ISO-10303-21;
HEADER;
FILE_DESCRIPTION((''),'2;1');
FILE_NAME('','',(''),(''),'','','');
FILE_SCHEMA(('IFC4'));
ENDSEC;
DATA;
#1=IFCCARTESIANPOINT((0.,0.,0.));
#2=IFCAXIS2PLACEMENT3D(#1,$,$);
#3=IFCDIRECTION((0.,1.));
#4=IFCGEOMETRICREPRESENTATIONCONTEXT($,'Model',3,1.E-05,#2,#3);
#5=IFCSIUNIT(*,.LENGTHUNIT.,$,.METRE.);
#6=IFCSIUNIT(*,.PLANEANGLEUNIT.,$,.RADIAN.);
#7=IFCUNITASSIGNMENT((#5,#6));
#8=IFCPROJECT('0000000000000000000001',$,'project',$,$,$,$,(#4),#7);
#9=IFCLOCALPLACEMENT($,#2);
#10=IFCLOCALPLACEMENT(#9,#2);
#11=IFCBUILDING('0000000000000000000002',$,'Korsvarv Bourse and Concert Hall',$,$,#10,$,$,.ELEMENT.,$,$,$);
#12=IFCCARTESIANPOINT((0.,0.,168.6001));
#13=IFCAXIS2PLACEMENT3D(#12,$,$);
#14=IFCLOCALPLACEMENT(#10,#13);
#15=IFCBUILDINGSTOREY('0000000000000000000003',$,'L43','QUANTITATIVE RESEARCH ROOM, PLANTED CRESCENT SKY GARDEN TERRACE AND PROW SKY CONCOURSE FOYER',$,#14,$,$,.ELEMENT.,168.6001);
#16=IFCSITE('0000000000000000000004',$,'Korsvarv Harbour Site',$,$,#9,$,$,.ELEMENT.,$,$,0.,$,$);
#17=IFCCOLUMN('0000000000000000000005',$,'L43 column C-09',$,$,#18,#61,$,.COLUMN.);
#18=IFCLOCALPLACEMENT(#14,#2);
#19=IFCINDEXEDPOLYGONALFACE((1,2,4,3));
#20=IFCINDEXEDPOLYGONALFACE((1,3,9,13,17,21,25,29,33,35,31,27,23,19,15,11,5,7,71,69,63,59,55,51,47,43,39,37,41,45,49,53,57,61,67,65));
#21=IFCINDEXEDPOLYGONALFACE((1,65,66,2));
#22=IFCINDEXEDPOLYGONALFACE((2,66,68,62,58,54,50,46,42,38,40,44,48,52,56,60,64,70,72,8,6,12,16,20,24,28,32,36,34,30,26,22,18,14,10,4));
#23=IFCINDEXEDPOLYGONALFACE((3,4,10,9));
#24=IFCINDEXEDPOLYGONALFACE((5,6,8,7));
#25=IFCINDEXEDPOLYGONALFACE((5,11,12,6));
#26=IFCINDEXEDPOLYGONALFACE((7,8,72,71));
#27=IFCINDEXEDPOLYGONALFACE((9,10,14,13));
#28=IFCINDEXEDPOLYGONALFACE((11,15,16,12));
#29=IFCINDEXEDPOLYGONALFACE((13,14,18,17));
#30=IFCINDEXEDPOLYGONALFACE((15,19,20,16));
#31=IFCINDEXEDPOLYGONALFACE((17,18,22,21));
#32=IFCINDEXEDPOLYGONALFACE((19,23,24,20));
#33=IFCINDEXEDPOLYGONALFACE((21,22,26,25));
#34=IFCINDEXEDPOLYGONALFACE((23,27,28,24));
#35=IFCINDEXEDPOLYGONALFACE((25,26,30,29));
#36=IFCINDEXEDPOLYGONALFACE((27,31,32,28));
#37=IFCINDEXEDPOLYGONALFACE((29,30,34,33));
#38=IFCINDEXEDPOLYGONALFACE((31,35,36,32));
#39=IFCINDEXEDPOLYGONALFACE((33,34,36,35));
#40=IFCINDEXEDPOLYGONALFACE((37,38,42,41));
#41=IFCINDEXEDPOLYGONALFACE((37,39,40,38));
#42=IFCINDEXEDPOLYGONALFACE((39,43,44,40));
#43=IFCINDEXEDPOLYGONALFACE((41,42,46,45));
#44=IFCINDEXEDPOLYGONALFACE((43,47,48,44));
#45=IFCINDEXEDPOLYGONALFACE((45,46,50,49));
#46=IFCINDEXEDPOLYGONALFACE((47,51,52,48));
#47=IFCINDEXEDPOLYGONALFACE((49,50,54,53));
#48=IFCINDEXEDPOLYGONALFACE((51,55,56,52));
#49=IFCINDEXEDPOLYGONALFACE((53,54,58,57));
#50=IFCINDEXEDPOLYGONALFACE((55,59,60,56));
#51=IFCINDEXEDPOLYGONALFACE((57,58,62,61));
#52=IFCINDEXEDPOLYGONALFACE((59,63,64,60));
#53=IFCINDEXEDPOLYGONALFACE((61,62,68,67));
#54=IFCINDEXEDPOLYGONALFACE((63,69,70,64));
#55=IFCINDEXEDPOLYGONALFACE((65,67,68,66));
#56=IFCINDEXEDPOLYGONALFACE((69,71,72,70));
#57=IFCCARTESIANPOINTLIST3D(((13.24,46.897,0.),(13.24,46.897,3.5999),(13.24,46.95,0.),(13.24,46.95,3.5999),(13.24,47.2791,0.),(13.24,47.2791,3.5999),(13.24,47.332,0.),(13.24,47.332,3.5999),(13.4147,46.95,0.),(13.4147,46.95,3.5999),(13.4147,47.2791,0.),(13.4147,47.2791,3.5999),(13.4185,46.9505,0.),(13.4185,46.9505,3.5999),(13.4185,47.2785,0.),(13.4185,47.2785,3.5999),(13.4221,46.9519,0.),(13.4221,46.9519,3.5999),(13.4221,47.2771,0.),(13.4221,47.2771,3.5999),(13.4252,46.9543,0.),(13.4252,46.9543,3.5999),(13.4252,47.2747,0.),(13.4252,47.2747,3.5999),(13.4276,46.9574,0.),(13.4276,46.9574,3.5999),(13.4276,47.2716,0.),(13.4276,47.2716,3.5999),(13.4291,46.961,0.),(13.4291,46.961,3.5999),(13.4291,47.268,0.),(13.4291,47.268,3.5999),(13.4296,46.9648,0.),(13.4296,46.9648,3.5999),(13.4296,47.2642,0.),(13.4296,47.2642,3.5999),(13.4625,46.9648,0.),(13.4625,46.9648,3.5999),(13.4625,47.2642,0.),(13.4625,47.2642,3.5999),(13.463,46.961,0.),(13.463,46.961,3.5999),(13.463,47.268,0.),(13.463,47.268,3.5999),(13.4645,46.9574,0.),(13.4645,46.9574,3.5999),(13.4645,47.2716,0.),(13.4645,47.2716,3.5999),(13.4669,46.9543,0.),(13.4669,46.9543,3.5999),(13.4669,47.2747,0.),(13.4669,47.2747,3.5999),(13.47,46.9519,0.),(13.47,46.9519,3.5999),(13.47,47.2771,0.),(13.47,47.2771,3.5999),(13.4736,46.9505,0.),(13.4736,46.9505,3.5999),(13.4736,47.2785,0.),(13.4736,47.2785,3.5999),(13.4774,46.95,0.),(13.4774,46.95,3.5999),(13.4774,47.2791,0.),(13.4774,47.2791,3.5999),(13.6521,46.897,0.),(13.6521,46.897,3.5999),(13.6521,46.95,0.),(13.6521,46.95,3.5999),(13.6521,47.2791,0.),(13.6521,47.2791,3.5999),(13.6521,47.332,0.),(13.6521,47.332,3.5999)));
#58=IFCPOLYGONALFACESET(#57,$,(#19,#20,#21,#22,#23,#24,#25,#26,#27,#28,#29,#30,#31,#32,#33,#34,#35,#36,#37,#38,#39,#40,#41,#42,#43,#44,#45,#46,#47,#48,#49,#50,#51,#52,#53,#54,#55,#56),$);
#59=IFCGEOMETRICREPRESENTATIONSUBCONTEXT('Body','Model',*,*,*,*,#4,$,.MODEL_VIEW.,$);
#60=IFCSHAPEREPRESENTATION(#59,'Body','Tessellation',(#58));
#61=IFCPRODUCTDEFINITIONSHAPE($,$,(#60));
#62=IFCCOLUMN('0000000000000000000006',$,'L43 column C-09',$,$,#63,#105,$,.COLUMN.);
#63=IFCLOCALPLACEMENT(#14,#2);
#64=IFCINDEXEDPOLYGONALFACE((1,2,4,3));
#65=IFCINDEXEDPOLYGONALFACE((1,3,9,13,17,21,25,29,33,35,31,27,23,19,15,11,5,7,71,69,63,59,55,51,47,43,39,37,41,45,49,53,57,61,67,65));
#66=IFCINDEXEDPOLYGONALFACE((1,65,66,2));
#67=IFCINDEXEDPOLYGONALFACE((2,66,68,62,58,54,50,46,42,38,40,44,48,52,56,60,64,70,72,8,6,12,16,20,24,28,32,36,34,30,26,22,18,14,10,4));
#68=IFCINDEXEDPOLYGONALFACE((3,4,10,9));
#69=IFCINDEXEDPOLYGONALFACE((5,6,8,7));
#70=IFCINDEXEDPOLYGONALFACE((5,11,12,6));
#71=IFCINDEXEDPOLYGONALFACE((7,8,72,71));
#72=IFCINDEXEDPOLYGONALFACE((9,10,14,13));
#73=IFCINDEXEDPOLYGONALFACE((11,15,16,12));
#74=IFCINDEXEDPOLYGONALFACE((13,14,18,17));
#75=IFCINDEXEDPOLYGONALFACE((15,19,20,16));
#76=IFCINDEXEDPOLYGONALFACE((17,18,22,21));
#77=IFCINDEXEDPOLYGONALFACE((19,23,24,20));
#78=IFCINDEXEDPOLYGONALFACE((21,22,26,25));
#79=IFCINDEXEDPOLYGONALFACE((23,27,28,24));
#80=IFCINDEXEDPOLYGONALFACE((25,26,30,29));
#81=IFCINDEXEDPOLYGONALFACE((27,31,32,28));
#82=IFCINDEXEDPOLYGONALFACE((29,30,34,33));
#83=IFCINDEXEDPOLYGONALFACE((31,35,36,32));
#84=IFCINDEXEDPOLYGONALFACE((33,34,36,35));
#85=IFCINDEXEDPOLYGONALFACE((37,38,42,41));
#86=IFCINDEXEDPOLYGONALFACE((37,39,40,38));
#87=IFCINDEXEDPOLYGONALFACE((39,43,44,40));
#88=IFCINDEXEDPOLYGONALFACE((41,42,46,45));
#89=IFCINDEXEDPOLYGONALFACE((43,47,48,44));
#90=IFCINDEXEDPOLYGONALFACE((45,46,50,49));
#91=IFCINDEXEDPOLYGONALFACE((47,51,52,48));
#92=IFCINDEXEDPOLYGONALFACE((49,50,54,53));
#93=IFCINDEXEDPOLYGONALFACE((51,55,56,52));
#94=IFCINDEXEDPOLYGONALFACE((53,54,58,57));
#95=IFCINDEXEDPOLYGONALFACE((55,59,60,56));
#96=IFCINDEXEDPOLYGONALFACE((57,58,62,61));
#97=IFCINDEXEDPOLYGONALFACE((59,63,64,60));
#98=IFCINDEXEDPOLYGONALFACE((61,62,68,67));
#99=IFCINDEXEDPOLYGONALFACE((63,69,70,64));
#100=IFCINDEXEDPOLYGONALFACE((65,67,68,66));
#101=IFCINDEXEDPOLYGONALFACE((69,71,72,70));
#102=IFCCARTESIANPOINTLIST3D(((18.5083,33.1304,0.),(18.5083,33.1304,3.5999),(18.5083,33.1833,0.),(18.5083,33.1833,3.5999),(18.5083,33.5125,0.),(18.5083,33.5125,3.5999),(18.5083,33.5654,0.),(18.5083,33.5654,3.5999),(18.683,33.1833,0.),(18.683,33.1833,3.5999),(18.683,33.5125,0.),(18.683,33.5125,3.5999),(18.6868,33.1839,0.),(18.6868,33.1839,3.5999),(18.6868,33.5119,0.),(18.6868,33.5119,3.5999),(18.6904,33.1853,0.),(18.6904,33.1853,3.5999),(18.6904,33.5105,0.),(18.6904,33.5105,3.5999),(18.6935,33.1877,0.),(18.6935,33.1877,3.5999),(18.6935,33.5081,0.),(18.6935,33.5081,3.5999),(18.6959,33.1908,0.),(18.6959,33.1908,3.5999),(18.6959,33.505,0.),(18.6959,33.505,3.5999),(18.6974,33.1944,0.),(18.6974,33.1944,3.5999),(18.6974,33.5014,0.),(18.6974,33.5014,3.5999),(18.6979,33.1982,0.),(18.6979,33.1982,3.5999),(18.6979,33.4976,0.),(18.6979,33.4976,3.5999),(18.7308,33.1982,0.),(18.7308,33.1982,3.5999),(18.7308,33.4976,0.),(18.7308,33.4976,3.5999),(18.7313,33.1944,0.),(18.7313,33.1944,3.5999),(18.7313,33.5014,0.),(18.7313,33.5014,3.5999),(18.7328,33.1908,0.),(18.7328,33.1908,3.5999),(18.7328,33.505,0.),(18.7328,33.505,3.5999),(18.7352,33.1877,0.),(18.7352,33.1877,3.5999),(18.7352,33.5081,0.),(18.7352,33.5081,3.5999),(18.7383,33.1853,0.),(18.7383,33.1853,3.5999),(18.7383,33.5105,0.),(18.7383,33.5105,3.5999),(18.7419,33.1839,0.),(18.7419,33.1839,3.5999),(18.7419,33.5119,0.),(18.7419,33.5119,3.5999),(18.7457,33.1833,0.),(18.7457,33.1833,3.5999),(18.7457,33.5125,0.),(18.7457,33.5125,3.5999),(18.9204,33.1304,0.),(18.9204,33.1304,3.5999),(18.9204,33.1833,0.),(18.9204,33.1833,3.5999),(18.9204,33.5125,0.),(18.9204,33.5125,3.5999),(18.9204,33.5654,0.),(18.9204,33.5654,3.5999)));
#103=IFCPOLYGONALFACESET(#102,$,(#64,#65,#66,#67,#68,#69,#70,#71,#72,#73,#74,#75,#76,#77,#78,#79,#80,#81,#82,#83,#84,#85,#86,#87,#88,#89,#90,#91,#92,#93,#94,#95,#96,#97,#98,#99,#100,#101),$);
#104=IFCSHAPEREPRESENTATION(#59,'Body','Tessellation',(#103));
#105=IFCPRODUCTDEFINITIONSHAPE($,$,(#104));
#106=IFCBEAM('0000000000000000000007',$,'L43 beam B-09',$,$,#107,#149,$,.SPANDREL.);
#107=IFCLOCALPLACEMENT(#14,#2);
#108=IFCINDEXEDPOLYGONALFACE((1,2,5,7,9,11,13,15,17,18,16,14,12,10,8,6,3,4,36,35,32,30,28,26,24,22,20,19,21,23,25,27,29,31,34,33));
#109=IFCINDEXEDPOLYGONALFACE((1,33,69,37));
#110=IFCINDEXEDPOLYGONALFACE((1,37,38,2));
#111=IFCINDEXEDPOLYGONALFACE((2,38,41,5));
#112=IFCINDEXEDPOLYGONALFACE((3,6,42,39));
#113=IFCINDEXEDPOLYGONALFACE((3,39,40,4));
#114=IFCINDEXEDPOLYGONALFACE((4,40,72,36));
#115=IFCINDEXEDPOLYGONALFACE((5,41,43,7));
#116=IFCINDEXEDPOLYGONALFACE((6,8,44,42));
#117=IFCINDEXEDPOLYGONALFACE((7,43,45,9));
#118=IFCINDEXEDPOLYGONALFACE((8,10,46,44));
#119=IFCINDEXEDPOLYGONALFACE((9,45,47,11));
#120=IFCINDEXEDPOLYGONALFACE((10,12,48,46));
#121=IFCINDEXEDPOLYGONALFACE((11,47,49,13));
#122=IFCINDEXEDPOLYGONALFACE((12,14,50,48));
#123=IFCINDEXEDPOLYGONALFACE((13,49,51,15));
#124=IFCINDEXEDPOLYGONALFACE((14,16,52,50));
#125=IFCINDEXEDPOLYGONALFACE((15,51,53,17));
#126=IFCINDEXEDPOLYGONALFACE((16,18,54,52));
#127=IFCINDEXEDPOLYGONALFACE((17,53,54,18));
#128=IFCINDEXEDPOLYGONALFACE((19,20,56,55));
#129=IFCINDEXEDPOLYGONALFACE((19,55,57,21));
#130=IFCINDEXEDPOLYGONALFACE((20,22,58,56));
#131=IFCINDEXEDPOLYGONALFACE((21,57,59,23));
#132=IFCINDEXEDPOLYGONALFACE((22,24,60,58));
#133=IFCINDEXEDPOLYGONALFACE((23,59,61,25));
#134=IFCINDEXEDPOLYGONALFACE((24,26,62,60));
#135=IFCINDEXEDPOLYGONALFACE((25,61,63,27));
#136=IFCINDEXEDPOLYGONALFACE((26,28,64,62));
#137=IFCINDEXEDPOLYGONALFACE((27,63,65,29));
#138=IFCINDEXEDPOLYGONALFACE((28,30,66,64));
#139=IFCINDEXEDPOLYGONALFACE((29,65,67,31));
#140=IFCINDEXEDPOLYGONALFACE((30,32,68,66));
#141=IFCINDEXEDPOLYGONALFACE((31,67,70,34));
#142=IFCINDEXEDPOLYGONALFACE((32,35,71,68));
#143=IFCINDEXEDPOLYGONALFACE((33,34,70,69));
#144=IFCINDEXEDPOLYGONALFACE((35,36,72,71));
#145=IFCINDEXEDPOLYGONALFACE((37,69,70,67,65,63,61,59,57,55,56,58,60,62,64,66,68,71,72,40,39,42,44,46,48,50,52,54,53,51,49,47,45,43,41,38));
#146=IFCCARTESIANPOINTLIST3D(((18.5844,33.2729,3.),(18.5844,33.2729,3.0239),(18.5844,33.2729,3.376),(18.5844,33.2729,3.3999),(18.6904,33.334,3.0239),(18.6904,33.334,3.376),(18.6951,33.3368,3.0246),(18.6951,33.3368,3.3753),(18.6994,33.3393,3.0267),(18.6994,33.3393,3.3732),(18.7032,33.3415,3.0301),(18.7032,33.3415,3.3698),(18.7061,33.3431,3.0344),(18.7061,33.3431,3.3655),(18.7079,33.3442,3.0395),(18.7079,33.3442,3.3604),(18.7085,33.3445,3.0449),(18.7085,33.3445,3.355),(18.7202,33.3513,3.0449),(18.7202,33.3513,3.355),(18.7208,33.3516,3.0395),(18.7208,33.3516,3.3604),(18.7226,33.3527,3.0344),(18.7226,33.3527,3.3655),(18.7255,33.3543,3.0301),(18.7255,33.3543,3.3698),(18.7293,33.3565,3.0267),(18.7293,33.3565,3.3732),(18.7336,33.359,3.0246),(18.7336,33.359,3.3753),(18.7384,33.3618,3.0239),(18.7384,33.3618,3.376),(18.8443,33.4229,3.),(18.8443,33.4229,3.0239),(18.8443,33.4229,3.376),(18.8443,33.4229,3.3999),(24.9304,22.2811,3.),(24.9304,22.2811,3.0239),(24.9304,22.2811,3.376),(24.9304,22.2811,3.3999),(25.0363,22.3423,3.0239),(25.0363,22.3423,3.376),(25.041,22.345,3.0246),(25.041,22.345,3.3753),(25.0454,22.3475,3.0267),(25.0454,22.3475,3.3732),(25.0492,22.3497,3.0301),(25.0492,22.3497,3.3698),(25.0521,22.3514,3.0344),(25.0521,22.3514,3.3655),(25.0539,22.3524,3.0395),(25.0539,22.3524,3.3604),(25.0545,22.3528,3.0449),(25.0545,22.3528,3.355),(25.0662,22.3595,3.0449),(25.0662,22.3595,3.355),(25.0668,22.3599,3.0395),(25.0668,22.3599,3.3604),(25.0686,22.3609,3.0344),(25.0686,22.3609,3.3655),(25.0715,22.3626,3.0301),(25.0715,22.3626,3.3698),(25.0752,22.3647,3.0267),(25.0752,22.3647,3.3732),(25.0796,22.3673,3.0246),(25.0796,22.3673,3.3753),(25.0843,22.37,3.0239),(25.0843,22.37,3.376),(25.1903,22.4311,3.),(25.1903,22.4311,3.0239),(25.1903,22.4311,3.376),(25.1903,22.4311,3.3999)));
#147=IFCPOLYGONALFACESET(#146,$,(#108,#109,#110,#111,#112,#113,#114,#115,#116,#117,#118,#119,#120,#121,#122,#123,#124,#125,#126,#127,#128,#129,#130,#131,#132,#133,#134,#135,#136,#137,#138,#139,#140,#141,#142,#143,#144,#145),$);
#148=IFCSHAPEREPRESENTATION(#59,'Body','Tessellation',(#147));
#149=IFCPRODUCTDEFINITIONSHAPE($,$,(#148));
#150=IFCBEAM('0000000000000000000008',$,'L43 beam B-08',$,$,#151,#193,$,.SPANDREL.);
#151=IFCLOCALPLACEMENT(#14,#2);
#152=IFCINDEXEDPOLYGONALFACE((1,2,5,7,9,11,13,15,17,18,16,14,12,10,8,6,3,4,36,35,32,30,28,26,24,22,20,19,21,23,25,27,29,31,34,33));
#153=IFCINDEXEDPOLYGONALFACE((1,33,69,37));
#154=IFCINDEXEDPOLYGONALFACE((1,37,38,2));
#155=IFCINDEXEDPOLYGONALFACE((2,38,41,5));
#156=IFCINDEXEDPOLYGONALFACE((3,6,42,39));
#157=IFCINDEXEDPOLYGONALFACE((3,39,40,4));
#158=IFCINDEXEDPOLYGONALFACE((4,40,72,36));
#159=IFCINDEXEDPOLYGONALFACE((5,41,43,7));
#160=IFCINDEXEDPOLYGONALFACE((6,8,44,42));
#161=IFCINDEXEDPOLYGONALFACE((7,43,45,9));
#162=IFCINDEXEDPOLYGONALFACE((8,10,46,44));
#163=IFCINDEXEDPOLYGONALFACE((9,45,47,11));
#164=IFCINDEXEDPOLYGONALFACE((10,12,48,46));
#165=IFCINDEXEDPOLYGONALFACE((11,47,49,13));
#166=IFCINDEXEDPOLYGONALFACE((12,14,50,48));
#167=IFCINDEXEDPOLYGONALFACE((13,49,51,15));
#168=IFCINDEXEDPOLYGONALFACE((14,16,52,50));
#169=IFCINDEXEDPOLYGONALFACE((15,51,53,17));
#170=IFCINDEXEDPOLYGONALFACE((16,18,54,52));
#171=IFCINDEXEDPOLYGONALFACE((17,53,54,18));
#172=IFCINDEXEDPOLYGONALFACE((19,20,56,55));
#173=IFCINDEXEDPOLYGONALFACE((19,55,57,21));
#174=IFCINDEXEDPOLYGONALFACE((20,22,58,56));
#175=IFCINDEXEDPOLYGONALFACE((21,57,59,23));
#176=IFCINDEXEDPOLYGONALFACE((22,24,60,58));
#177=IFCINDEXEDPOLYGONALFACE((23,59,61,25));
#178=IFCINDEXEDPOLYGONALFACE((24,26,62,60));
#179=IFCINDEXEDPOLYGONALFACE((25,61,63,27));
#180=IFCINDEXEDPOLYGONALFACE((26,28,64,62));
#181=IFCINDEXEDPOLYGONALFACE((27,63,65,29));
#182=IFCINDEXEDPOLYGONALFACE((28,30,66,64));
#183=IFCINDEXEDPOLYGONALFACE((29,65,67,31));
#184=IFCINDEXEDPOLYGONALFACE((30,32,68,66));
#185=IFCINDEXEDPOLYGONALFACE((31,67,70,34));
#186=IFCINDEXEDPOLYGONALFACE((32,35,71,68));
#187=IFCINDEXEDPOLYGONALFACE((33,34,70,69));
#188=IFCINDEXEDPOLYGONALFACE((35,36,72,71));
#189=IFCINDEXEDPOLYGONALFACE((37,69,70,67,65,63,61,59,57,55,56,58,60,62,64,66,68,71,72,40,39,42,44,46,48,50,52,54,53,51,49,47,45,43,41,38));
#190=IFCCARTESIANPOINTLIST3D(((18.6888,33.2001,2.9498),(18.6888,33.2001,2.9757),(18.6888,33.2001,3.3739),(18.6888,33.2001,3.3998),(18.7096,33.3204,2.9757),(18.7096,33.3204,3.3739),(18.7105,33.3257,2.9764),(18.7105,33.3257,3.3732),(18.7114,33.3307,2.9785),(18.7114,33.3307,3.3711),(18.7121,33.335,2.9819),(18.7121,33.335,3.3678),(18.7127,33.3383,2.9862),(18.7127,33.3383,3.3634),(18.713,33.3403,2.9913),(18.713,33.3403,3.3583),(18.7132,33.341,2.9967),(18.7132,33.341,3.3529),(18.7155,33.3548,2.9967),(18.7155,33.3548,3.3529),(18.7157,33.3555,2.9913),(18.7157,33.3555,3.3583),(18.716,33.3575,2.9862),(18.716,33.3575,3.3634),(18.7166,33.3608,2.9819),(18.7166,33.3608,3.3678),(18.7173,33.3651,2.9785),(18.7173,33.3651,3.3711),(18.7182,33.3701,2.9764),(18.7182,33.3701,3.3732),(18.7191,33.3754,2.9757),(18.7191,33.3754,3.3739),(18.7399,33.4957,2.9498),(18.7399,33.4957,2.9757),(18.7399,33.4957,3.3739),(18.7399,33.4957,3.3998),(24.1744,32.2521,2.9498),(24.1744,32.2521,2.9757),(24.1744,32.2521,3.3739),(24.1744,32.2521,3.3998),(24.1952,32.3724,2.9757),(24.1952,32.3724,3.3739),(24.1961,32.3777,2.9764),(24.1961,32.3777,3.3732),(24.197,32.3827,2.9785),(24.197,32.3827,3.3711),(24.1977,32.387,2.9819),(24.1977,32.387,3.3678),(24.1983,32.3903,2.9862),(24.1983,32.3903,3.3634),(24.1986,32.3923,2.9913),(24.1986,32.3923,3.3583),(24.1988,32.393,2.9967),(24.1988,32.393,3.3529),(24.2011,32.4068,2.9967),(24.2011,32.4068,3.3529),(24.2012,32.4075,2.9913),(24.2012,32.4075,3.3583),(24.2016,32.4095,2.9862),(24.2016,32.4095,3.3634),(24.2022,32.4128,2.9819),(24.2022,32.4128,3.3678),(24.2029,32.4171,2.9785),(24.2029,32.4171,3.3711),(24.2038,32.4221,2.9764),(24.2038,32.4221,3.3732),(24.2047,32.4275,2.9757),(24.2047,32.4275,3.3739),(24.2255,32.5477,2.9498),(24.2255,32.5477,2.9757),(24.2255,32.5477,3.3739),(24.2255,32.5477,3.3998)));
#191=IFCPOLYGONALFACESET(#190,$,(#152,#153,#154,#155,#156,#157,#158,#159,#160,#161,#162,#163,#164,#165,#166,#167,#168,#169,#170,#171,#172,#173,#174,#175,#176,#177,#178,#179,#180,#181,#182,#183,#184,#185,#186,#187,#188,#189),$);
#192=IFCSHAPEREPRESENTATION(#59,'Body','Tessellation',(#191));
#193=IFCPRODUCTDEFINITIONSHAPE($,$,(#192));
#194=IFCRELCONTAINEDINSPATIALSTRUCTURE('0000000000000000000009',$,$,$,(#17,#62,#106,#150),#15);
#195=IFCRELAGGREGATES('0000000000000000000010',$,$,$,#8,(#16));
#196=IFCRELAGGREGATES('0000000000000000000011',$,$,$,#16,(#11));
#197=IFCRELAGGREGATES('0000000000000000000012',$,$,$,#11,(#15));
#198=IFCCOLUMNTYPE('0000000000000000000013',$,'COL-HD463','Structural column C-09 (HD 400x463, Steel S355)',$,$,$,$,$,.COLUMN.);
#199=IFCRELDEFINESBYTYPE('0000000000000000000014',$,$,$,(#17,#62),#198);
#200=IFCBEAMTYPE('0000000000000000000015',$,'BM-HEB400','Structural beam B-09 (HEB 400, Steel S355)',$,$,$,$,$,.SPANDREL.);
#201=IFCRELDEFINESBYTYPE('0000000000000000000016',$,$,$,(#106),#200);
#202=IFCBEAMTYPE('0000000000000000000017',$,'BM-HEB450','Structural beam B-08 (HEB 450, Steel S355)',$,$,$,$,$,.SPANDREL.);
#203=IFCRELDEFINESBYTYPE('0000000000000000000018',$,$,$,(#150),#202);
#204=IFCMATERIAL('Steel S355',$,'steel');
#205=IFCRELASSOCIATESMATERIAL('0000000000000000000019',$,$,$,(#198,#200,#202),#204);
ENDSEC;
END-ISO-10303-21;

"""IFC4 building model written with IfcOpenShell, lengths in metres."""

from ifc_helpers import new_model, si_unit, direction, frame, origin, origin_2d, place, context, subcontext, project, spatial, i_section, extrude, source, transform, mapped, material, material_profile, profile_set, type_object, element, save


model = new_model("IFC4")

# Units and contexts
model_context = context("Model", 3, precision=1e-05, world=origin(), true_north=direction((0.0, 1.0)))
body_context = subcontext(model_context, "Body", "Model", "MODEL_VIEW")
ifc_project = project(units=[si_unit("LENGTHUNIT", "METRE"), si_unit("PLANEANGLEUNIT", "RADIAN")], contexts=[model_context])

# Site, building, storey
site_placement = place(None, origin())
site = spatial("IfcSite", under=ifc_project, at=site_placement, Name="Korsvarv Harbour Site", CompositionType="ELEMENT", RefElevation=0.0)
building_placement = place(site_placement, origin())
building = spatial("IfcBuilding", under=site, at=building_placement, Name="Korsvarv Bourse and Concert Hall", CompositionType="ELEMENT")
storey_placement = place(building_placement, frame((0.0, 0.0, 168.6001)))
storey = spatial("IfcBuildingStorey", under=building, at=storey_placement, Name="L43", Description="QUANTITATIVE RESEARCH ROOM, PLANTED CRESCENT SKY GARDEN TERRACE AND PROW SKY CONCOURSE FOYER", CompositionType="ELEMENT", Elevation=168.6001)

# Columns
ifc_material_1 = material(Name="Steel S355", Category="steel")
ifc_material_profile_1 = material_profile(ifc_material_1, i_section(OverallWidth=0.4121, OverallDepth=0.4351, WebThickness=0.033, FlangeThickness=0.053, FilletRadius=0.0149, at=origin_2d()), Name="HD 400x463")
ifc_profile_set_1 = profile_set([ifc_material_profile_1], Name="Steel S355")
column_type = type_object("IfcColumnType", Name="COL-HD463", Description="Structural column C-09 (HD 400x463, Steel S355)", PredefinedType="COLUMN", material=ifc_profile_set_1)
shared_shape_1 = source(origin(), body_context, "Body", "SweptSolid", [
    extrude(i_section(OverallWidth=0.4121, OverallDepth=0.4351, WebThickness=0.033, FlangeThickness=0.053, FilletRadius=0.0149, at=origin_2d()), origin(), (0.0, 0.0, 1.0), 3.5999),
])
for number, where, z_axis, x_axis, name in (
    (1, (13.446, 47.1145, 0.0), (0.0, 0.0, 1.0), (1.0, 0.0, 0.0), "L43 column C-09"),
    (2, (18.7144, 33.3479, 0.0), (0.0, 0.0, 1.0), (1.0, 0.0, 0.0), "L43 column C-09"),
):
    element("IfcColumn", number, at=place(storey_placement, frame(where, z_axis=z_axis, x_axis=x_axis)), inside=storey, type_object=column_type, Name=name, PredefinedType="COLUMN", context=body_context, shape_type="MappedRepresentation", body=[
        mapped(shared_shape_1, transform((0.0, 0.0, 0.0), scale=1.0)),
    ])

# Beams
ifc_material_profile_2 = material_profile(ifc_material_1, i_section(OverallWidth=0.3, OverallDepth=0.3999, WebThickness=0.0134, FlangeThickness=0.0239, FilletRadius=0.021, at=origin_2d()), Name="HEB 400")
ifc_profile_set_2 = profile_set([ifc_material_profile_2], Name="Steel S355")
beam_type_1 = type_object("IfcBeamType", Name="BM-HEB400", Description="Structural beam B-09 (HEB 400, Steel S355)", PredefinedType="SPANDREL", material=ifc_profile_set_2)
shared_shape_2 = source(origin(), body_context, "Body", "SweptSolid", [
    extrude(i_section(OverallWidth=0.3, OverallDepth=0.3999, WebThickness=0.0134, FlangeThickness=0.0239, FilletRadius=0.021, at=origin_2d()), origin(), (0.0, 0.0, 1.0), 12.6921),
])
beam_1_placement = place(storey_placement, frame((18.7144, 33.3479, 3.2), z_axis=(0.499993, -0.866029, 0.0), x_axis=(0.866029, 0.499993, 0.0)))
element("IfcBeam", 3, at=beam_1_placement, inside=storey, type_object=beam_type_1, Name="L43 beam B-09", PredefinedType="SPANDREL", context=body_context, shape_type="MappedRepresentation", body=[
    mapped(shared_shape_2, transform((0.0, 0.0, 0.0), scale=1.0)),
])
ifc_material_profile_3 = material_profile(ifc_material_1, i_section(OverallWidth=0.3, OverallDepth=0.45, WebThickness=0.0139, FlangeThickness=0.0259, FilletRadius=0.021, at=origin_2d()), Name="HEB 450")
ifc_profile_set_3 = profile_set([ifc_material_profile_3], Name="Steel S355")
beam_type_2 = type_object("IfcBeamType", Name="BM-HEB450", Description="Structural beam B-08 (HEB 450, Steel S355)", PredefinedType="SPANDREL", material=ifc_profile_set_3)
shared_shape_3 = source(origin(), body_context, "Body", "SweptSolid", [
    extrude(i_section(OverallWidth=0.3, OverallDepth=0.45, WebThickness=0.0139, FlangeThickness=0.0259, FilletRadius=0.021, at=origin_2d()), origin(), (0.0, 0.0, 1.0), 5.5669),
])
beam_2_placement = place(storey_placement, frame((18.7144, 33.3479, 3.1748), z_axis=(0.985394, -0.170292, 0.0), x_axis=(0.170292, 0.985394, 0.0)))
element("IfcBeam", 4, at=beam_2_placement, inside=storey, type_object=beam_type_2, Name="L43 beam B-08", PredefinedType="SPANDREL", context=body_context, shape_type="MappedRepresentation", body=[
    mapped(shared_shape_3, transform((0.0, 0.0, 0.0), scale=1.0)),
])

save(model, "model.ifc")
